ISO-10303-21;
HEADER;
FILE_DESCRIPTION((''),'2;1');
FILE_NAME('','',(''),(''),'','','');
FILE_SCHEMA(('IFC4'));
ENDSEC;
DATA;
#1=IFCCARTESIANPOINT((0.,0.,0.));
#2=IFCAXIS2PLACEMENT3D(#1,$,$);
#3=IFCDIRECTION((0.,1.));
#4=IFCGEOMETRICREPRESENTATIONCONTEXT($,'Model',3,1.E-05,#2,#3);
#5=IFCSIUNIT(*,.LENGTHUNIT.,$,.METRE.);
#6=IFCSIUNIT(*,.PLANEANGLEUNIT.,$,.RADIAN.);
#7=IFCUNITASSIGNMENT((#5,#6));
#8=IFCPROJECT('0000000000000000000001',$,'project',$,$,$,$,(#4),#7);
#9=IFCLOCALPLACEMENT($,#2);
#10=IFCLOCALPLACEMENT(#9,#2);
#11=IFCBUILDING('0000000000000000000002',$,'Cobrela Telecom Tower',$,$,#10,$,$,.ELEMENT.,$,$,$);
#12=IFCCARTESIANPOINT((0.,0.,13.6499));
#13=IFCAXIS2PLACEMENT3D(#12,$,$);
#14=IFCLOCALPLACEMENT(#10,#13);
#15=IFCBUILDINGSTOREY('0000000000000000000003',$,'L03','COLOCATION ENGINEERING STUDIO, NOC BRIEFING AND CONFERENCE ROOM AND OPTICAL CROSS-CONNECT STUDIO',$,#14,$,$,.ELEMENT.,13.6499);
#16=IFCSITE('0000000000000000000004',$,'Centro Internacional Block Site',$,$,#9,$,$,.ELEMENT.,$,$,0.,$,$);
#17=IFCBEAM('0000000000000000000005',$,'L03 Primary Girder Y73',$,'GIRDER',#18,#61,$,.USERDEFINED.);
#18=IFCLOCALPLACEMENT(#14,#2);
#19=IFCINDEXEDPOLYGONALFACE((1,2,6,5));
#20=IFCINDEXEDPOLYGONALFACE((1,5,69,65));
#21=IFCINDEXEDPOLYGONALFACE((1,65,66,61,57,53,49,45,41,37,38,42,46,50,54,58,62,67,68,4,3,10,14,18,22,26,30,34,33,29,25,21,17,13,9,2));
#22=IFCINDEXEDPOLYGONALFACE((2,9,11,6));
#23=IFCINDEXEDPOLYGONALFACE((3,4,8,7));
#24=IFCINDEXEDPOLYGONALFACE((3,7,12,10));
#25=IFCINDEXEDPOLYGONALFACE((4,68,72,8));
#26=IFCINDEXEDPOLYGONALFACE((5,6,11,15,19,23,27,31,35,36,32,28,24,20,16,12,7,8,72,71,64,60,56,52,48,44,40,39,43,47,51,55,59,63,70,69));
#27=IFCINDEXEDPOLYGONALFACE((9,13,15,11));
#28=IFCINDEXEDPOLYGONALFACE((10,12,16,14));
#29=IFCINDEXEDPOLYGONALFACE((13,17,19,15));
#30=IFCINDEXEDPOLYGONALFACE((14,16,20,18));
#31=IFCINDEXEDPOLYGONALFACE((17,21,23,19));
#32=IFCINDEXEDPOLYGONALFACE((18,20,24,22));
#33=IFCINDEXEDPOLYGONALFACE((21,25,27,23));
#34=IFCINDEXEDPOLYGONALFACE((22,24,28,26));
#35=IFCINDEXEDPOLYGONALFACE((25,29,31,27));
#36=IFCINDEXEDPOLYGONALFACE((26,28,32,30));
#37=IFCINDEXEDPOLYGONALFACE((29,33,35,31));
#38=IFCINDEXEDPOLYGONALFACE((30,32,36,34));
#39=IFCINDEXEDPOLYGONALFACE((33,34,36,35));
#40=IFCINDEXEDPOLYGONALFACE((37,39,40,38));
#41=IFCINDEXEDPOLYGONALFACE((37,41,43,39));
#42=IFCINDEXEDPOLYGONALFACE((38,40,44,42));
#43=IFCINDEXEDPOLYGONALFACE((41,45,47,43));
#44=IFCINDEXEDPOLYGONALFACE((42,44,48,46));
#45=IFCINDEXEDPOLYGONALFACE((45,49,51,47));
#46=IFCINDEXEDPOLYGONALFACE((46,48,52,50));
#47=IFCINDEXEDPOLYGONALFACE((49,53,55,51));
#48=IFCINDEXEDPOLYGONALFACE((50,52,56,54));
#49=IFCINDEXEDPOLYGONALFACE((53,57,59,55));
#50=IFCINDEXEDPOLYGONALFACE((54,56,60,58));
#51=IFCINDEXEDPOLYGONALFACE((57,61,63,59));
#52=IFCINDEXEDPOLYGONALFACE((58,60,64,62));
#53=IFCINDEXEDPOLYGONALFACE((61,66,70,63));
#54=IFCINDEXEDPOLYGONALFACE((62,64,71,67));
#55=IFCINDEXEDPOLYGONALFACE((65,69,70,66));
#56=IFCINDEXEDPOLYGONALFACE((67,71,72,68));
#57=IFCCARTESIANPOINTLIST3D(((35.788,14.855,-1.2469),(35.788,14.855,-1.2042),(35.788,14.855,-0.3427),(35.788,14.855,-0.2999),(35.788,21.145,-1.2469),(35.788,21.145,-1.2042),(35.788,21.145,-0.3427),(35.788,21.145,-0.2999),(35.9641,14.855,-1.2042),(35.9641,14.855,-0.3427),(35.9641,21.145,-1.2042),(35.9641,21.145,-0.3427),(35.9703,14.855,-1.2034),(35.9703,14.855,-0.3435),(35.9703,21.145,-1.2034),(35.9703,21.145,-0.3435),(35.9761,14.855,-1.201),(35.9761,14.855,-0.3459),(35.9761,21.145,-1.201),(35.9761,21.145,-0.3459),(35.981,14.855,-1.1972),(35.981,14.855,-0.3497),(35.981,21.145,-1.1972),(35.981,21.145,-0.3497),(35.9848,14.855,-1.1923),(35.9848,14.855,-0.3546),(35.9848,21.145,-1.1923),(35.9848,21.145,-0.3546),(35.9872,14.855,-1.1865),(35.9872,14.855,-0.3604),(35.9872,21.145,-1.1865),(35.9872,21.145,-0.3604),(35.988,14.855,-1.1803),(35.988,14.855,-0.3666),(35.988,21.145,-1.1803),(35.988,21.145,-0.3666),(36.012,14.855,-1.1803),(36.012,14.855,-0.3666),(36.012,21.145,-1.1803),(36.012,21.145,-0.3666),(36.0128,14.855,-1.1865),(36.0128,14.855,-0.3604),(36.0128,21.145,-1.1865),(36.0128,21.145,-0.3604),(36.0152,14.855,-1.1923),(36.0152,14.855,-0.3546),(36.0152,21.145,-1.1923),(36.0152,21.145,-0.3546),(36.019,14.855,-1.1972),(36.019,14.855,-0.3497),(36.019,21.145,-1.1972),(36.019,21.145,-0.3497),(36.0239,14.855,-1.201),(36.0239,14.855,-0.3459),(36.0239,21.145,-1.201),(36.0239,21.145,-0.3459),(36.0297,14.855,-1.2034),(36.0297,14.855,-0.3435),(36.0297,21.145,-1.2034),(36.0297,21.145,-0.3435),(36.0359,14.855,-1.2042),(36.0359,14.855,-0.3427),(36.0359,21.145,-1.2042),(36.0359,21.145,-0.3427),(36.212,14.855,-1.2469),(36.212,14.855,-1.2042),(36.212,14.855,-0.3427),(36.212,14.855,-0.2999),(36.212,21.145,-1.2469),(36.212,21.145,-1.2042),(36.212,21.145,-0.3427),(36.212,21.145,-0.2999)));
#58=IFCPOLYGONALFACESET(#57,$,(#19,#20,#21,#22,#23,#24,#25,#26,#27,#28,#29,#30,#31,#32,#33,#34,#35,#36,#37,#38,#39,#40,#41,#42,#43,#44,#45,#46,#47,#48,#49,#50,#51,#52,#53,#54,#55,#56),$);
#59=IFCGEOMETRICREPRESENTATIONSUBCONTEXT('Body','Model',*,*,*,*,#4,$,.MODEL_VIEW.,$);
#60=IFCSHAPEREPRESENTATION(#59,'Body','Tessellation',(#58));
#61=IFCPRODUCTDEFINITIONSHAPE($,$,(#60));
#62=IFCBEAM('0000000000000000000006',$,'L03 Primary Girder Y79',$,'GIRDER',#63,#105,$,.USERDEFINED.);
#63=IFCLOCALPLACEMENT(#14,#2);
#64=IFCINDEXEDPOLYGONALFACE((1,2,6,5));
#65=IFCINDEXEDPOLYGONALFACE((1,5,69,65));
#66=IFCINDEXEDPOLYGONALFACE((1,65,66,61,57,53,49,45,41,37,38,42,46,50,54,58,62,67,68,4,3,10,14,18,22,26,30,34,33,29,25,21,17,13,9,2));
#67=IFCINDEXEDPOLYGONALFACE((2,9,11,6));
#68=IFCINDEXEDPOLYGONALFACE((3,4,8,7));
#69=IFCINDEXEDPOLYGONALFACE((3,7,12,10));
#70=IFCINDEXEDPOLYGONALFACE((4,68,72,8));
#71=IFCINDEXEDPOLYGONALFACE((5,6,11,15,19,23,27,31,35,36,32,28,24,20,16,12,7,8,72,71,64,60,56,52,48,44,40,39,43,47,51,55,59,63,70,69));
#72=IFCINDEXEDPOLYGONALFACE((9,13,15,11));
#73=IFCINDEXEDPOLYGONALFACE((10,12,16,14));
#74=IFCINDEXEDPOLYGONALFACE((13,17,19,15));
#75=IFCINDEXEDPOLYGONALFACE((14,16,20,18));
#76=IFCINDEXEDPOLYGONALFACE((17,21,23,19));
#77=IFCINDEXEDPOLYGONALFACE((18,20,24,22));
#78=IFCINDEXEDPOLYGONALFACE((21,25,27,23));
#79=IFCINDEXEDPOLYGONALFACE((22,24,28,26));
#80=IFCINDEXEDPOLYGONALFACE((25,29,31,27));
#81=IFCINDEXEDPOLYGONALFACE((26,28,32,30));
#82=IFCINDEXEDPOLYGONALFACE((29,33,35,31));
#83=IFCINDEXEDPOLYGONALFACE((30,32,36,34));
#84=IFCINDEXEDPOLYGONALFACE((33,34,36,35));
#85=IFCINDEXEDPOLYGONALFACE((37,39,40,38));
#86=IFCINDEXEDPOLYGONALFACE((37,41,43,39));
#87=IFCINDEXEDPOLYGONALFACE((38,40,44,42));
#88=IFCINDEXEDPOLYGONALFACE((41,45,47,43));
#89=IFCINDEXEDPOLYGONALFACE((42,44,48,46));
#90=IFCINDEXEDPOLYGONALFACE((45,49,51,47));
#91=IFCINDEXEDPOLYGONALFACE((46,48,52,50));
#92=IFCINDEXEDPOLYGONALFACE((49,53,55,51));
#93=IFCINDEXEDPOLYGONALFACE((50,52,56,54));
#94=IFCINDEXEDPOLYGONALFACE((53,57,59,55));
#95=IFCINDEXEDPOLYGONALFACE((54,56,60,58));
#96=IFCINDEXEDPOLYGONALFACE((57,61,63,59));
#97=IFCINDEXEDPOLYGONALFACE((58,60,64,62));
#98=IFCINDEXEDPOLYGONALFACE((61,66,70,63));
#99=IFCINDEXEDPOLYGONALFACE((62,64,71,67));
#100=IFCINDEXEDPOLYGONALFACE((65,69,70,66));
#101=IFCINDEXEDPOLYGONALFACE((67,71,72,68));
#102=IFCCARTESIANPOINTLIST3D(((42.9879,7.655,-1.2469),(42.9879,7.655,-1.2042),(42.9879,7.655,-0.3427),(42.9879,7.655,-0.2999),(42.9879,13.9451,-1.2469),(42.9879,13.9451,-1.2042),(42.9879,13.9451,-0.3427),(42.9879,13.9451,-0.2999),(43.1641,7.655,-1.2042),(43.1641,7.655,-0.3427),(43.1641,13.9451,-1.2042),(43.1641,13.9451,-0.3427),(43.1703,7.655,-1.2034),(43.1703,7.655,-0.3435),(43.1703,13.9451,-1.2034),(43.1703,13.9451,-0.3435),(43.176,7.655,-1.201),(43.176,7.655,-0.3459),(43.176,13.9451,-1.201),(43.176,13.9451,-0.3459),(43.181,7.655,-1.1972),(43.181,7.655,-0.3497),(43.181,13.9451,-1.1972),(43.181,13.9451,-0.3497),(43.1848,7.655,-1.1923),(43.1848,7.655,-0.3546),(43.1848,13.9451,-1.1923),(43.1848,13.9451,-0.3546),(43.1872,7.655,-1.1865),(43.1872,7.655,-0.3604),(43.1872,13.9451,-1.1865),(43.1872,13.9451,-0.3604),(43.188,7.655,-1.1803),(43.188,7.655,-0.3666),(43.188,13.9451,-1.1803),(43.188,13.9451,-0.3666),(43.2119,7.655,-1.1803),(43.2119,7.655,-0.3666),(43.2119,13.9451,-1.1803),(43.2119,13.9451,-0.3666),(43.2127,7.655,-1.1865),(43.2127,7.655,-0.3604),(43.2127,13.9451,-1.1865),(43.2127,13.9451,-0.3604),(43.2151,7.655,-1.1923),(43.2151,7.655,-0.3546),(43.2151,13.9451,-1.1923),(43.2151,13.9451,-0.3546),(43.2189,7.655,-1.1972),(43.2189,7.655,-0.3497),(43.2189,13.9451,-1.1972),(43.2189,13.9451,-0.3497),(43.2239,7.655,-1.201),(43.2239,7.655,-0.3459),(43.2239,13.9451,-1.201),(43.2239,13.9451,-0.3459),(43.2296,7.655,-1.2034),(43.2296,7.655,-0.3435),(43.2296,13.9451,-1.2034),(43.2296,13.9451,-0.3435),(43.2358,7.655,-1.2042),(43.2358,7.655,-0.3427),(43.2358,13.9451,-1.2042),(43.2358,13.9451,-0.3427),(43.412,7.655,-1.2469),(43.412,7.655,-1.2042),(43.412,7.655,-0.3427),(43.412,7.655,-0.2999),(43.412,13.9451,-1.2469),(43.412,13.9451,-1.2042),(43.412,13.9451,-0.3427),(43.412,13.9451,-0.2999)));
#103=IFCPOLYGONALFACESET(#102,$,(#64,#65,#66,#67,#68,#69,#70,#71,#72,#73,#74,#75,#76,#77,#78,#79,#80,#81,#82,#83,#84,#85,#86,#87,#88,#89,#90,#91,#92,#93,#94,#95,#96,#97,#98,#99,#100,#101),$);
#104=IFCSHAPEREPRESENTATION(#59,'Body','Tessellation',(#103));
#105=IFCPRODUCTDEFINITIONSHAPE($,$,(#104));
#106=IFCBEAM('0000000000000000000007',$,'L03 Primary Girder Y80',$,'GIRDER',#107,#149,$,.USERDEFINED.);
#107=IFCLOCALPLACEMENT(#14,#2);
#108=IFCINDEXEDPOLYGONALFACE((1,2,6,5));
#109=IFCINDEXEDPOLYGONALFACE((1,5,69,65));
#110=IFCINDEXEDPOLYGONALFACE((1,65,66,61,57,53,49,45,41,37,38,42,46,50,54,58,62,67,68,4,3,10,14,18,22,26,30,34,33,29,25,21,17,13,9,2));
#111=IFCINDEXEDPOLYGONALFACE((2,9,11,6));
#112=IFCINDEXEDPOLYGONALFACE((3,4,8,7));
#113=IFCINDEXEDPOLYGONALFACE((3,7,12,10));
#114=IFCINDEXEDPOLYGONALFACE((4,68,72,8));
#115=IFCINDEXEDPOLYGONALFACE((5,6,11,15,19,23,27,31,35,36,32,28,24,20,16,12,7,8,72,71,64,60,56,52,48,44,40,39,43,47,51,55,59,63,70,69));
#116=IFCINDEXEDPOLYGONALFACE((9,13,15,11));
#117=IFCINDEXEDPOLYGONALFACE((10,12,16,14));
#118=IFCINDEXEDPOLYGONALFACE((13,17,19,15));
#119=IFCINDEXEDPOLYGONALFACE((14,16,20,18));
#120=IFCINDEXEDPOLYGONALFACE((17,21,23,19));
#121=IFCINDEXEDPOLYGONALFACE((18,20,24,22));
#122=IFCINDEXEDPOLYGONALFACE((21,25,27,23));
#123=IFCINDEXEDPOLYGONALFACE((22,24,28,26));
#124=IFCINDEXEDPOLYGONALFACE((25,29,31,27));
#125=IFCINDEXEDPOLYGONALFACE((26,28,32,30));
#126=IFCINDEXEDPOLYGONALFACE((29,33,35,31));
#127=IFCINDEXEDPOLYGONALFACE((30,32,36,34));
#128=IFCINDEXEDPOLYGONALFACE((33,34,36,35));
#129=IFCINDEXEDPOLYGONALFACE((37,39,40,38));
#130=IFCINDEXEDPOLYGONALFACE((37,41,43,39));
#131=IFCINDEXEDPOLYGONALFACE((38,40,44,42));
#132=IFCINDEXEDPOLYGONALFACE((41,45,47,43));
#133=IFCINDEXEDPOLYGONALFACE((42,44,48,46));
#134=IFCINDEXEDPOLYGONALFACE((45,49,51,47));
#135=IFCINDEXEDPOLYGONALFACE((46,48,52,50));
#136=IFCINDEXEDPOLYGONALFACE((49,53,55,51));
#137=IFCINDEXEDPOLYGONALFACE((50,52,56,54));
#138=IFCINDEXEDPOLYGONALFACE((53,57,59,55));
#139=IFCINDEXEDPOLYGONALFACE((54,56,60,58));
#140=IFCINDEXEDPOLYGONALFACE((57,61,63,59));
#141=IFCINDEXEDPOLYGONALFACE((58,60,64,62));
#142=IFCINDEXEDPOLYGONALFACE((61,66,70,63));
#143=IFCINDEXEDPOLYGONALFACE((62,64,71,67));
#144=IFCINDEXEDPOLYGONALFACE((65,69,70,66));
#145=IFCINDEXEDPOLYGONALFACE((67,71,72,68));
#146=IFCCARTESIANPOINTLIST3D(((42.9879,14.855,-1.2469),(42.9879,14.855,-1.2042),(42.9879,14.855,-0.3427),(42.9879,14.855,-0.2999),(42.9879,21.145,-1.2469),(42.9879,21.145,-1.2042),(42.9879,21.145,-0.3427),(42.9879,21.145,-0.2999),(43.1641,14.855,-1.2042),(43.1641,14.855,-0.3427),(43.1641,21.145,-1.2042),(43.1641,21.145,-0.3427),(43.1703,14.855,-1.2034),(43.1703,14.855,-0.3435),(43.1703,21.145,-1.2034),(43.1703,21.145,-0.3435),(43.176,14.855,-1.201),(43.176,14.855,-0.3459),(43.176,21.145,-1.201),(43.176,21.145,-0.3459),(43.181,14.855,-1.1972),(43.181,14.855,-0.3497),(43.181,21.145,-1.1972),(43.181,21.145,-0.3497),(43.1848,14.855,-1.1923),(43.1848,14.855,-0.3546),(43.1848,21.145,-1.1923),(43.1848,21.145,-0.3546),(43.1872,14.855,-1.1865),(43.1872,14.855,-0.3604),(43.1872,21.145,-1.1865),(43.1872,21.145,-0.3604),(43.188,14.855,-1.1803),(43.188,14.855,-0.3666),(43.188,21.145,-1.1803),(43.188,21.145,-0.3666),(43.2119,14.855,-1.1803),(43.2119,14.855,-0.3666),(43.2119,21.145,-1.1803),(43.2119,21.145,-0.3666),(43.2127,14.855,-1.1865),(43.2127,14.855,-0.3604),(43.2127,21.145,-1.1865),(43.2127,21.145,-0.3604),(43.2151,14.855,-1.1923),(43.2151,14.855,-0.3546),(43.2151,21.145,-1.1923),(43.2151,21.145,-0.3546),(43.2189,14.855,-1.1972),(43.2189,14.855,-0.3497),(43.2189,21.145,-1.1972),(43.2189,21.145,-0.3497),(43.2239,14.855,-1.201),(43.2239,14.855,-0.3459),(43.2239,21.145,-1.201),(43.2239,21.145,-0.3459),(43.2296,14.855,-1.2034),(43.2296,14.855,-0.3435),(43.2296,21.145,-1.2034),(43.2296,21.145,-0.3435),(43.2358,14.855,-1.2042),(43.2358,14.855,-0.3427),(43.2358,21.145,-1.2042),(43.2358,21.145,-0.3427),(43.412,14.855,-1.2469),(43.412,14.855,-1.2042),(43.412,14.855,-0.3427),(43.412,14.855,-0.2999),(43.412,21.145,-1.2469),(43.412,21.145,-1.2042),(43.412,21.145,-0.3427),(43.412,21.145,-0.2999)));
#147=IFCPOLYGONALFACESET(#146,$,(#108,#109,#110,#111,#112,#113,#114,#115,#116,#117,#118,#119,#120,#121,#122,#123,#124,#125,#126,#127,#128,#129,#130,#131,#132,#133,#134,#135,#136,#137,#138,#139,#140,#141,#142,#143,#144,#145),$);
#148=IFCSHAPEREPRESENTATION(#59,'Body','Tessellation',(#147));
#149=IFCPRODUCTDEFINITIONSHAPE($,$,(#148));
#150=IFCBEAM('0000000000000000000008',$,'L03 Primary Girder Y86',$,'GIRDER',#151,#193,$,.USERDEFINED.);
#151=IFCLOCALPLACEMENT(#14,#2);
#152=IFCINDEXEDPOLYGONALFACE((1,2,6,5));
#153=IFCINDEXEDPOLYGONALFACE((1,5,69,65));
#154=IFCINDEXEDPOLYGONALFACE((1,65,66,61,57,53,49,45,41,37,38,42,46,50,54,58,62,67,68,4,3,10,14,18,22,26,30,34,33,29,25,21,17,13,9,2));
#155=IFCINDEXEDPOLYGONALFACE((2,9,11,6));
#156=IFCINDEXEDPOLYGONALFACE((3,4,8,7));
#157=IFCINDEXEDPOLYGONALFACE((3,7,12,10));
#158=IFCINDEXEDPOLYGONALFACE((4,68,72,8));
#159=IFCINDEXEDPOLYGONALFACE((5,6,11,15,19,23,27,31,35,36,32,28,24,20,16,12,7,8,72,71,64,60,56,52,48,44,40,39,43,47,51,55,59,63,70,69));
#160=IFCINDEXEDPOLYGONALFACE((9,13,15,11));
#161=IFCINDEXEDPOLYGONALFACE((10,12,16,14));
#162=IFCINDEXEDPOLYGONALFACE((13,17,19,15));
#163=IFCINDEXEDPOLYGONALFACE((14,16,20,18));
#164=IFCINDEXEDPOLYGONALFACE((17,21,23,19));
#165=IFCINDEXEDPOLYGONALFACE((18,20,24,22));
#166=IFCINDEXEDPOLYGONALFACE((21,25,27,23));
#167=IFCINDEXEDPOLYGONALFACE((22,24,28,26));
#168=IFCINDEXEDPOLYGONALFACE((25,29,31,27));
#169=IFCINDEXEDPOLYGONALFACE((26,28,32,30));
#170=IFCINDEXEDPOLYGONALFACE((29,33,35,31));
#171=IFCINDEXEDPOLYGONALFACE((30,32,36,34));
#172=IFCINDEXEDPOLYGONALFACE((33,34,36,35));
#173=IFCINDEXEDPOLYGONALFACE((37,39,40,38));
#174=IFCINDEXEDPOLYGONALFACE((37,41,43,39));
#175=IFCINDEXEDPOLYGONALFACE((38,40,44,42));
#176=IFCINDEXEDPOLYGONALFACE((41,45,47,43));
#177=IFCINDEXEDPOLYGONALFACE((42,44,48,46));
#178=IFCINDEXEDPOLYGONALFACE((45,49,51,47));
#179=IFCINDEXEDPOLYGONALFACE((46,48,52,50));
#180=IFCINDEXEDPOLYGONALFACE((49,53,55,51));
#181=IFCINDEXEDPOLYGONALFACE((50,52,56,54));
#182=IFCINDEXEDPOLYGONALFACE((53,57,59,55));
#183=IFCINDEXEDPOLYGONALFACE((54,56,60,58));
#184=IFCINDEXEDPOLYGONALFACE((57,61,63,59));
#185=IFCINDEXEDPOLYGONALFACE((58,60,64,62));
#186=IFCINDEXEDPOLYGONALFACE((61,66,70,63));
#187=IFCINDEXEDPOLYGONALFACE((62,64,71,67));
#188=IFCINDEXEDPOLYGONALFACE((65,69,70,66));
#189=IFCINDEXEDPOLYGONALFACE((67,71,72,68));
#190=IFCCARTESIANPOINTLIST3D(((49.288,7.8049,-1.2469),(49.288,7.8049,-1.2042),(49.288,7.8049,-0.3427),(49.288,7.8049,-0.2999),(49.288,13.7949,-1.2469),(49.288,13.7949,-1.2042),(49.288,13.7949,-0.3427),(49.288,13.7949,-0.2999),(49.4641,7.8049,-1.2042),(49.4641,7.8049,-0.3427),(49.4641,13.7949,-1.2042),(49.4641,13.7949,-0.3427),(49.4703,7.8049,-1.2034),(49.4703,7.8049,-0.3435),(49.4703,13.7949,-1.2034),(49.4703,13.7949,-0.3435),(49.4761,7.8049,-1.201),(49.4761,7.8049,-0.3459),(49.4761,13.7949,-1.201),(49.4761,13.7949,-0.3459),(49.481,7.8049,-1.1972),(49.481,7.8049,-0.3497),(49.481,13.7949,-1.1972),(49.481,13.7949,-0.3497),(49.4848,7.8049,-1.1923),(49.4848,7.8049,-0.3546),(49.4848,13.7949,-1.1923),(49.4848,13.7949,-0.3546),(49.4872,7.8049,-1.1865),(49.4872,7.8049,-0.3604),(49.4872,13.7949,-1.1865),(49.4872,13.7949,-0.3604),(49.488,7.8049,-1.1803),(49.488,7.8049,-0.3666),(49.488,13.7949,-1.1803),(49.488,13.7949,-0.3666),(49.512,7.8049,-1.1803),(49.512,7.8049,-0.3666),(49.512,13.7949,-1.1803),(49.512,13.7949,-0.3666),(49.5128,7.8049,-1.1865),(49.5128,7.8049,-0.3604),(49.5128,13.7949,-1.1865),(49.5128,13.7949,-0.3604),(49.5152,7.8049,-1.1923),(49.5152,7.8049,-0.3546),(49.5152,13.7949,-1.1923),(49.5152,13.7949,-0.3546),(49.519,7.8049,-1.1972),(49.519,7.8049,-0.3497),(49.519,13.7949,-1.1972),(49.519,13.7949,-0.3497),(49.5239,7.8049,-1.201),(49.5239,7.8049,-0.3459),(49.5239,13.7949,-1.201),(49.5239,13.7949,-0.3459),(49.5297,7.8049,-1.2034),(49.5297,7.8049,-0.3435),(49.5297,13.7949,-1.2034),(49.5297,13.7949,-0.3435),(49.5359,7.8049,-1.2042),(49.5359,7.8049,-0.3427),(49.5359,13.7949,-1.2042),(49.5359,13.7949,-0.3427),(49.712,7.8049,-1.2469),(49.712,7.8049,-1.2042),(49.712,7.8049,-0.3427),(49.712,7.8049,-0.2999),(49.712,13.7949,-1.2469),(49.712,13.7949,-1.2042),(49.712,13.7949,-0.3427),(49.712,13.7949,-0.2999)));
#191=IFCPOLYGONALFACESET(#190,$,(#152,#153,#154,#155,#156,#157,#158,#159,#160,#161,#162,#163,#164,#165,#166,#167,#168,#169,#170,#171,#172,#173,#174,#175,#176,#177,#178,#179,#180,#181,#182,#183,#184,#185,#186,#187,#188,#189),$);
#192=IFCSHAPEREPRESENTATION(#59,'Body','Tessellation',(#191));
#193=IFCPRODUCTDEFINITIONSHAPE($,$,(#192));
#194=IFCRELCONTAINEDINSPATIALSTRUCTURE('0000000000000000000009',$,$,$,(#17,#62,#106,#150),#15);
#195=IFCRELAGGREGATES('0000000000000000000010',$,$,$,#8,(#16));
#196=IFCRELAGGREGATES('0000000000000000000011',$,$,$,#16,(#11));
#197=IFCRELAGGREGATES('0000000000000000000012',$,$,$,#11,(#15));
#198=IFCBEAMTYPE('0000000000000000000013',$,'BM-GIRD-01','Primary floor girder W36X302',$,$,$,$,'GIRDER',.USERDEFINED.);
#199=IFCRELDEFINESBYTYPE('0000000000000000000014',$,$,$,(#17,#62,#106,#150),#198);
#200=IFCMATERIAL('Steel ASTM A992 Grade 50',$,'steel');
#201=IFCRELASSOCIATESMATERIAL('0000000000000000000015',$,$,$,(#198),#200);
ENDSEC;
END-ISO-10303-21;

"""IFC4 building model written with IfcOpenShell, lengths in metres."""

from ifc_helpers import new_model, si_unit, direction, frame, origin, origin_2d, place, context, subcontext, project, spatial, i_section, extrude, material, material_profile, profile_set, type_object, element, save


model = new_model("IFC4")

# Units and contexts
model_context = context("Model", 3, precision=1e-05, world=origin(), true_north=direction((0.0, 1.0)))
body_context = subcontext(model_context, "Body", "Model", "MODEL_VIEW")
ifc_project = project(units=[si_unit("LENGTHUNIT", "METRE"), si_unit("PLANEANGLEUNIT", "RADIAN")], contexts=[model_context])

# Site, building, storey
site_placement = place(None, origin())
site = spatial("IfcSite", under=ifc_project, at=site_placement, Name="Centro Internacional Block Site", CompositionType="ELEMENT", RefElevation=0.0)
building_placement = place(site_placement, origin())
building = spatial("IfcBuilding", under=site, at=building_placement, Name="Cobrela Telecom Tower", CompositionType="ELEMENT")
storey_placement = place(building_placement, frame((0.0, 0.0, 13.6499)))
storey = spatial("IfcBuildingStorey", under=building, at=storey_placement, Name="L03", Description="COLOCATION ENGINEERING STUDIO, NOC BRIEFING AND CONFERENCE ROOM AND OPTICAL CROSS-CONNECT STUDIO", CompositionType="ELEMENT", Elevation=13.6499)

# Beams
ifc_material_1 = material(Name="Steel ASTM A992 Grade 50", Category="steel")
ifc_material_profile_1 = material_profile(ifc_material_1, i_section(OverallWidth=0.4241, OverallDepth=0.947, WebThickness=0.0239, FlangeThickness=0.0427, FilletRadius=0.0239, at=origin_2d()), Name="W36X302")
ifc_profile_set_1 = profile_set([ifc_material_profile_1], Name="Steel ASTM A992 Grade 50")
beam_type_1 = type_object("IfcBeamType", Name="BM-GIRD-01", Description="Primary floor girder W36X302", ElementType="GIRDER", PredefinedType="USERDEFINED", material=ifc_profile_set_1)
for number, where, z_axis, x_axis, name in (
    (1, (36.0, 14.855, -0.7734), (0.0, 1.0, 0.0), (-1.0, 0.0, 0.0), "L03 Primary Girder Y73"),
    (2, (43.2, 7.655, -0.7734), (0.0, 1.0, 0.0), (-1.0, 0.0, 0.0), "L03 Primary Girder Y79"),
    (3, (43.2, 14.855, -0.7734), (0.0, 1.0, 0.0), (-1.0, 0.0, 0.0), "L03 Primary Girder Y80"),
):
    element("IfcBeam", number, at=place(storey_placement, frame(where, z_axis=z_axis, x_axis=x_axis)), inside=storey, type_object=beam_type_1, Name=name, ObjectType="GIRDER", PredefinedType="USERDEFINED", context=body_context, shape_type="SweptSolid", body=[
        extrude(i_section(OverallWidth=0.4241, OverallDepth=0.947, WebThickness=0.0239, FlangeThickness=0.0427, FilletRadius=0.0239, at=origin_2d()), origin(), (0.0, 0.0, 1.0), 6.29),
    ])
beam_1_placement = place(storey_placement, frame((49.5, 7.8049, -0.7734), z_axis=(0.0, 1.0, 0.0), x_axis=(-1.0, 0.0, 0.0)))
element("IfcBeam", 4, at=beam_1_placement, inside=storey, type_object=beam_type_1, Name="L03 Primary Girder Y86", ObjectType="GIRDER", PredefinedType="USERDEFINED", context=body_context, shape_type="SweptSolid", body=[
    extrude(i_section(OverallWidth=0.4241, OverallDepth=0.947, WebThickness=0.0239, FlangeThickness=0.0427, FilletRadius=0.0239, at=origin_2d()), origin(), (0.0, 0.0, 1.0), 5.99),
])

save(model, "model.ifc")
